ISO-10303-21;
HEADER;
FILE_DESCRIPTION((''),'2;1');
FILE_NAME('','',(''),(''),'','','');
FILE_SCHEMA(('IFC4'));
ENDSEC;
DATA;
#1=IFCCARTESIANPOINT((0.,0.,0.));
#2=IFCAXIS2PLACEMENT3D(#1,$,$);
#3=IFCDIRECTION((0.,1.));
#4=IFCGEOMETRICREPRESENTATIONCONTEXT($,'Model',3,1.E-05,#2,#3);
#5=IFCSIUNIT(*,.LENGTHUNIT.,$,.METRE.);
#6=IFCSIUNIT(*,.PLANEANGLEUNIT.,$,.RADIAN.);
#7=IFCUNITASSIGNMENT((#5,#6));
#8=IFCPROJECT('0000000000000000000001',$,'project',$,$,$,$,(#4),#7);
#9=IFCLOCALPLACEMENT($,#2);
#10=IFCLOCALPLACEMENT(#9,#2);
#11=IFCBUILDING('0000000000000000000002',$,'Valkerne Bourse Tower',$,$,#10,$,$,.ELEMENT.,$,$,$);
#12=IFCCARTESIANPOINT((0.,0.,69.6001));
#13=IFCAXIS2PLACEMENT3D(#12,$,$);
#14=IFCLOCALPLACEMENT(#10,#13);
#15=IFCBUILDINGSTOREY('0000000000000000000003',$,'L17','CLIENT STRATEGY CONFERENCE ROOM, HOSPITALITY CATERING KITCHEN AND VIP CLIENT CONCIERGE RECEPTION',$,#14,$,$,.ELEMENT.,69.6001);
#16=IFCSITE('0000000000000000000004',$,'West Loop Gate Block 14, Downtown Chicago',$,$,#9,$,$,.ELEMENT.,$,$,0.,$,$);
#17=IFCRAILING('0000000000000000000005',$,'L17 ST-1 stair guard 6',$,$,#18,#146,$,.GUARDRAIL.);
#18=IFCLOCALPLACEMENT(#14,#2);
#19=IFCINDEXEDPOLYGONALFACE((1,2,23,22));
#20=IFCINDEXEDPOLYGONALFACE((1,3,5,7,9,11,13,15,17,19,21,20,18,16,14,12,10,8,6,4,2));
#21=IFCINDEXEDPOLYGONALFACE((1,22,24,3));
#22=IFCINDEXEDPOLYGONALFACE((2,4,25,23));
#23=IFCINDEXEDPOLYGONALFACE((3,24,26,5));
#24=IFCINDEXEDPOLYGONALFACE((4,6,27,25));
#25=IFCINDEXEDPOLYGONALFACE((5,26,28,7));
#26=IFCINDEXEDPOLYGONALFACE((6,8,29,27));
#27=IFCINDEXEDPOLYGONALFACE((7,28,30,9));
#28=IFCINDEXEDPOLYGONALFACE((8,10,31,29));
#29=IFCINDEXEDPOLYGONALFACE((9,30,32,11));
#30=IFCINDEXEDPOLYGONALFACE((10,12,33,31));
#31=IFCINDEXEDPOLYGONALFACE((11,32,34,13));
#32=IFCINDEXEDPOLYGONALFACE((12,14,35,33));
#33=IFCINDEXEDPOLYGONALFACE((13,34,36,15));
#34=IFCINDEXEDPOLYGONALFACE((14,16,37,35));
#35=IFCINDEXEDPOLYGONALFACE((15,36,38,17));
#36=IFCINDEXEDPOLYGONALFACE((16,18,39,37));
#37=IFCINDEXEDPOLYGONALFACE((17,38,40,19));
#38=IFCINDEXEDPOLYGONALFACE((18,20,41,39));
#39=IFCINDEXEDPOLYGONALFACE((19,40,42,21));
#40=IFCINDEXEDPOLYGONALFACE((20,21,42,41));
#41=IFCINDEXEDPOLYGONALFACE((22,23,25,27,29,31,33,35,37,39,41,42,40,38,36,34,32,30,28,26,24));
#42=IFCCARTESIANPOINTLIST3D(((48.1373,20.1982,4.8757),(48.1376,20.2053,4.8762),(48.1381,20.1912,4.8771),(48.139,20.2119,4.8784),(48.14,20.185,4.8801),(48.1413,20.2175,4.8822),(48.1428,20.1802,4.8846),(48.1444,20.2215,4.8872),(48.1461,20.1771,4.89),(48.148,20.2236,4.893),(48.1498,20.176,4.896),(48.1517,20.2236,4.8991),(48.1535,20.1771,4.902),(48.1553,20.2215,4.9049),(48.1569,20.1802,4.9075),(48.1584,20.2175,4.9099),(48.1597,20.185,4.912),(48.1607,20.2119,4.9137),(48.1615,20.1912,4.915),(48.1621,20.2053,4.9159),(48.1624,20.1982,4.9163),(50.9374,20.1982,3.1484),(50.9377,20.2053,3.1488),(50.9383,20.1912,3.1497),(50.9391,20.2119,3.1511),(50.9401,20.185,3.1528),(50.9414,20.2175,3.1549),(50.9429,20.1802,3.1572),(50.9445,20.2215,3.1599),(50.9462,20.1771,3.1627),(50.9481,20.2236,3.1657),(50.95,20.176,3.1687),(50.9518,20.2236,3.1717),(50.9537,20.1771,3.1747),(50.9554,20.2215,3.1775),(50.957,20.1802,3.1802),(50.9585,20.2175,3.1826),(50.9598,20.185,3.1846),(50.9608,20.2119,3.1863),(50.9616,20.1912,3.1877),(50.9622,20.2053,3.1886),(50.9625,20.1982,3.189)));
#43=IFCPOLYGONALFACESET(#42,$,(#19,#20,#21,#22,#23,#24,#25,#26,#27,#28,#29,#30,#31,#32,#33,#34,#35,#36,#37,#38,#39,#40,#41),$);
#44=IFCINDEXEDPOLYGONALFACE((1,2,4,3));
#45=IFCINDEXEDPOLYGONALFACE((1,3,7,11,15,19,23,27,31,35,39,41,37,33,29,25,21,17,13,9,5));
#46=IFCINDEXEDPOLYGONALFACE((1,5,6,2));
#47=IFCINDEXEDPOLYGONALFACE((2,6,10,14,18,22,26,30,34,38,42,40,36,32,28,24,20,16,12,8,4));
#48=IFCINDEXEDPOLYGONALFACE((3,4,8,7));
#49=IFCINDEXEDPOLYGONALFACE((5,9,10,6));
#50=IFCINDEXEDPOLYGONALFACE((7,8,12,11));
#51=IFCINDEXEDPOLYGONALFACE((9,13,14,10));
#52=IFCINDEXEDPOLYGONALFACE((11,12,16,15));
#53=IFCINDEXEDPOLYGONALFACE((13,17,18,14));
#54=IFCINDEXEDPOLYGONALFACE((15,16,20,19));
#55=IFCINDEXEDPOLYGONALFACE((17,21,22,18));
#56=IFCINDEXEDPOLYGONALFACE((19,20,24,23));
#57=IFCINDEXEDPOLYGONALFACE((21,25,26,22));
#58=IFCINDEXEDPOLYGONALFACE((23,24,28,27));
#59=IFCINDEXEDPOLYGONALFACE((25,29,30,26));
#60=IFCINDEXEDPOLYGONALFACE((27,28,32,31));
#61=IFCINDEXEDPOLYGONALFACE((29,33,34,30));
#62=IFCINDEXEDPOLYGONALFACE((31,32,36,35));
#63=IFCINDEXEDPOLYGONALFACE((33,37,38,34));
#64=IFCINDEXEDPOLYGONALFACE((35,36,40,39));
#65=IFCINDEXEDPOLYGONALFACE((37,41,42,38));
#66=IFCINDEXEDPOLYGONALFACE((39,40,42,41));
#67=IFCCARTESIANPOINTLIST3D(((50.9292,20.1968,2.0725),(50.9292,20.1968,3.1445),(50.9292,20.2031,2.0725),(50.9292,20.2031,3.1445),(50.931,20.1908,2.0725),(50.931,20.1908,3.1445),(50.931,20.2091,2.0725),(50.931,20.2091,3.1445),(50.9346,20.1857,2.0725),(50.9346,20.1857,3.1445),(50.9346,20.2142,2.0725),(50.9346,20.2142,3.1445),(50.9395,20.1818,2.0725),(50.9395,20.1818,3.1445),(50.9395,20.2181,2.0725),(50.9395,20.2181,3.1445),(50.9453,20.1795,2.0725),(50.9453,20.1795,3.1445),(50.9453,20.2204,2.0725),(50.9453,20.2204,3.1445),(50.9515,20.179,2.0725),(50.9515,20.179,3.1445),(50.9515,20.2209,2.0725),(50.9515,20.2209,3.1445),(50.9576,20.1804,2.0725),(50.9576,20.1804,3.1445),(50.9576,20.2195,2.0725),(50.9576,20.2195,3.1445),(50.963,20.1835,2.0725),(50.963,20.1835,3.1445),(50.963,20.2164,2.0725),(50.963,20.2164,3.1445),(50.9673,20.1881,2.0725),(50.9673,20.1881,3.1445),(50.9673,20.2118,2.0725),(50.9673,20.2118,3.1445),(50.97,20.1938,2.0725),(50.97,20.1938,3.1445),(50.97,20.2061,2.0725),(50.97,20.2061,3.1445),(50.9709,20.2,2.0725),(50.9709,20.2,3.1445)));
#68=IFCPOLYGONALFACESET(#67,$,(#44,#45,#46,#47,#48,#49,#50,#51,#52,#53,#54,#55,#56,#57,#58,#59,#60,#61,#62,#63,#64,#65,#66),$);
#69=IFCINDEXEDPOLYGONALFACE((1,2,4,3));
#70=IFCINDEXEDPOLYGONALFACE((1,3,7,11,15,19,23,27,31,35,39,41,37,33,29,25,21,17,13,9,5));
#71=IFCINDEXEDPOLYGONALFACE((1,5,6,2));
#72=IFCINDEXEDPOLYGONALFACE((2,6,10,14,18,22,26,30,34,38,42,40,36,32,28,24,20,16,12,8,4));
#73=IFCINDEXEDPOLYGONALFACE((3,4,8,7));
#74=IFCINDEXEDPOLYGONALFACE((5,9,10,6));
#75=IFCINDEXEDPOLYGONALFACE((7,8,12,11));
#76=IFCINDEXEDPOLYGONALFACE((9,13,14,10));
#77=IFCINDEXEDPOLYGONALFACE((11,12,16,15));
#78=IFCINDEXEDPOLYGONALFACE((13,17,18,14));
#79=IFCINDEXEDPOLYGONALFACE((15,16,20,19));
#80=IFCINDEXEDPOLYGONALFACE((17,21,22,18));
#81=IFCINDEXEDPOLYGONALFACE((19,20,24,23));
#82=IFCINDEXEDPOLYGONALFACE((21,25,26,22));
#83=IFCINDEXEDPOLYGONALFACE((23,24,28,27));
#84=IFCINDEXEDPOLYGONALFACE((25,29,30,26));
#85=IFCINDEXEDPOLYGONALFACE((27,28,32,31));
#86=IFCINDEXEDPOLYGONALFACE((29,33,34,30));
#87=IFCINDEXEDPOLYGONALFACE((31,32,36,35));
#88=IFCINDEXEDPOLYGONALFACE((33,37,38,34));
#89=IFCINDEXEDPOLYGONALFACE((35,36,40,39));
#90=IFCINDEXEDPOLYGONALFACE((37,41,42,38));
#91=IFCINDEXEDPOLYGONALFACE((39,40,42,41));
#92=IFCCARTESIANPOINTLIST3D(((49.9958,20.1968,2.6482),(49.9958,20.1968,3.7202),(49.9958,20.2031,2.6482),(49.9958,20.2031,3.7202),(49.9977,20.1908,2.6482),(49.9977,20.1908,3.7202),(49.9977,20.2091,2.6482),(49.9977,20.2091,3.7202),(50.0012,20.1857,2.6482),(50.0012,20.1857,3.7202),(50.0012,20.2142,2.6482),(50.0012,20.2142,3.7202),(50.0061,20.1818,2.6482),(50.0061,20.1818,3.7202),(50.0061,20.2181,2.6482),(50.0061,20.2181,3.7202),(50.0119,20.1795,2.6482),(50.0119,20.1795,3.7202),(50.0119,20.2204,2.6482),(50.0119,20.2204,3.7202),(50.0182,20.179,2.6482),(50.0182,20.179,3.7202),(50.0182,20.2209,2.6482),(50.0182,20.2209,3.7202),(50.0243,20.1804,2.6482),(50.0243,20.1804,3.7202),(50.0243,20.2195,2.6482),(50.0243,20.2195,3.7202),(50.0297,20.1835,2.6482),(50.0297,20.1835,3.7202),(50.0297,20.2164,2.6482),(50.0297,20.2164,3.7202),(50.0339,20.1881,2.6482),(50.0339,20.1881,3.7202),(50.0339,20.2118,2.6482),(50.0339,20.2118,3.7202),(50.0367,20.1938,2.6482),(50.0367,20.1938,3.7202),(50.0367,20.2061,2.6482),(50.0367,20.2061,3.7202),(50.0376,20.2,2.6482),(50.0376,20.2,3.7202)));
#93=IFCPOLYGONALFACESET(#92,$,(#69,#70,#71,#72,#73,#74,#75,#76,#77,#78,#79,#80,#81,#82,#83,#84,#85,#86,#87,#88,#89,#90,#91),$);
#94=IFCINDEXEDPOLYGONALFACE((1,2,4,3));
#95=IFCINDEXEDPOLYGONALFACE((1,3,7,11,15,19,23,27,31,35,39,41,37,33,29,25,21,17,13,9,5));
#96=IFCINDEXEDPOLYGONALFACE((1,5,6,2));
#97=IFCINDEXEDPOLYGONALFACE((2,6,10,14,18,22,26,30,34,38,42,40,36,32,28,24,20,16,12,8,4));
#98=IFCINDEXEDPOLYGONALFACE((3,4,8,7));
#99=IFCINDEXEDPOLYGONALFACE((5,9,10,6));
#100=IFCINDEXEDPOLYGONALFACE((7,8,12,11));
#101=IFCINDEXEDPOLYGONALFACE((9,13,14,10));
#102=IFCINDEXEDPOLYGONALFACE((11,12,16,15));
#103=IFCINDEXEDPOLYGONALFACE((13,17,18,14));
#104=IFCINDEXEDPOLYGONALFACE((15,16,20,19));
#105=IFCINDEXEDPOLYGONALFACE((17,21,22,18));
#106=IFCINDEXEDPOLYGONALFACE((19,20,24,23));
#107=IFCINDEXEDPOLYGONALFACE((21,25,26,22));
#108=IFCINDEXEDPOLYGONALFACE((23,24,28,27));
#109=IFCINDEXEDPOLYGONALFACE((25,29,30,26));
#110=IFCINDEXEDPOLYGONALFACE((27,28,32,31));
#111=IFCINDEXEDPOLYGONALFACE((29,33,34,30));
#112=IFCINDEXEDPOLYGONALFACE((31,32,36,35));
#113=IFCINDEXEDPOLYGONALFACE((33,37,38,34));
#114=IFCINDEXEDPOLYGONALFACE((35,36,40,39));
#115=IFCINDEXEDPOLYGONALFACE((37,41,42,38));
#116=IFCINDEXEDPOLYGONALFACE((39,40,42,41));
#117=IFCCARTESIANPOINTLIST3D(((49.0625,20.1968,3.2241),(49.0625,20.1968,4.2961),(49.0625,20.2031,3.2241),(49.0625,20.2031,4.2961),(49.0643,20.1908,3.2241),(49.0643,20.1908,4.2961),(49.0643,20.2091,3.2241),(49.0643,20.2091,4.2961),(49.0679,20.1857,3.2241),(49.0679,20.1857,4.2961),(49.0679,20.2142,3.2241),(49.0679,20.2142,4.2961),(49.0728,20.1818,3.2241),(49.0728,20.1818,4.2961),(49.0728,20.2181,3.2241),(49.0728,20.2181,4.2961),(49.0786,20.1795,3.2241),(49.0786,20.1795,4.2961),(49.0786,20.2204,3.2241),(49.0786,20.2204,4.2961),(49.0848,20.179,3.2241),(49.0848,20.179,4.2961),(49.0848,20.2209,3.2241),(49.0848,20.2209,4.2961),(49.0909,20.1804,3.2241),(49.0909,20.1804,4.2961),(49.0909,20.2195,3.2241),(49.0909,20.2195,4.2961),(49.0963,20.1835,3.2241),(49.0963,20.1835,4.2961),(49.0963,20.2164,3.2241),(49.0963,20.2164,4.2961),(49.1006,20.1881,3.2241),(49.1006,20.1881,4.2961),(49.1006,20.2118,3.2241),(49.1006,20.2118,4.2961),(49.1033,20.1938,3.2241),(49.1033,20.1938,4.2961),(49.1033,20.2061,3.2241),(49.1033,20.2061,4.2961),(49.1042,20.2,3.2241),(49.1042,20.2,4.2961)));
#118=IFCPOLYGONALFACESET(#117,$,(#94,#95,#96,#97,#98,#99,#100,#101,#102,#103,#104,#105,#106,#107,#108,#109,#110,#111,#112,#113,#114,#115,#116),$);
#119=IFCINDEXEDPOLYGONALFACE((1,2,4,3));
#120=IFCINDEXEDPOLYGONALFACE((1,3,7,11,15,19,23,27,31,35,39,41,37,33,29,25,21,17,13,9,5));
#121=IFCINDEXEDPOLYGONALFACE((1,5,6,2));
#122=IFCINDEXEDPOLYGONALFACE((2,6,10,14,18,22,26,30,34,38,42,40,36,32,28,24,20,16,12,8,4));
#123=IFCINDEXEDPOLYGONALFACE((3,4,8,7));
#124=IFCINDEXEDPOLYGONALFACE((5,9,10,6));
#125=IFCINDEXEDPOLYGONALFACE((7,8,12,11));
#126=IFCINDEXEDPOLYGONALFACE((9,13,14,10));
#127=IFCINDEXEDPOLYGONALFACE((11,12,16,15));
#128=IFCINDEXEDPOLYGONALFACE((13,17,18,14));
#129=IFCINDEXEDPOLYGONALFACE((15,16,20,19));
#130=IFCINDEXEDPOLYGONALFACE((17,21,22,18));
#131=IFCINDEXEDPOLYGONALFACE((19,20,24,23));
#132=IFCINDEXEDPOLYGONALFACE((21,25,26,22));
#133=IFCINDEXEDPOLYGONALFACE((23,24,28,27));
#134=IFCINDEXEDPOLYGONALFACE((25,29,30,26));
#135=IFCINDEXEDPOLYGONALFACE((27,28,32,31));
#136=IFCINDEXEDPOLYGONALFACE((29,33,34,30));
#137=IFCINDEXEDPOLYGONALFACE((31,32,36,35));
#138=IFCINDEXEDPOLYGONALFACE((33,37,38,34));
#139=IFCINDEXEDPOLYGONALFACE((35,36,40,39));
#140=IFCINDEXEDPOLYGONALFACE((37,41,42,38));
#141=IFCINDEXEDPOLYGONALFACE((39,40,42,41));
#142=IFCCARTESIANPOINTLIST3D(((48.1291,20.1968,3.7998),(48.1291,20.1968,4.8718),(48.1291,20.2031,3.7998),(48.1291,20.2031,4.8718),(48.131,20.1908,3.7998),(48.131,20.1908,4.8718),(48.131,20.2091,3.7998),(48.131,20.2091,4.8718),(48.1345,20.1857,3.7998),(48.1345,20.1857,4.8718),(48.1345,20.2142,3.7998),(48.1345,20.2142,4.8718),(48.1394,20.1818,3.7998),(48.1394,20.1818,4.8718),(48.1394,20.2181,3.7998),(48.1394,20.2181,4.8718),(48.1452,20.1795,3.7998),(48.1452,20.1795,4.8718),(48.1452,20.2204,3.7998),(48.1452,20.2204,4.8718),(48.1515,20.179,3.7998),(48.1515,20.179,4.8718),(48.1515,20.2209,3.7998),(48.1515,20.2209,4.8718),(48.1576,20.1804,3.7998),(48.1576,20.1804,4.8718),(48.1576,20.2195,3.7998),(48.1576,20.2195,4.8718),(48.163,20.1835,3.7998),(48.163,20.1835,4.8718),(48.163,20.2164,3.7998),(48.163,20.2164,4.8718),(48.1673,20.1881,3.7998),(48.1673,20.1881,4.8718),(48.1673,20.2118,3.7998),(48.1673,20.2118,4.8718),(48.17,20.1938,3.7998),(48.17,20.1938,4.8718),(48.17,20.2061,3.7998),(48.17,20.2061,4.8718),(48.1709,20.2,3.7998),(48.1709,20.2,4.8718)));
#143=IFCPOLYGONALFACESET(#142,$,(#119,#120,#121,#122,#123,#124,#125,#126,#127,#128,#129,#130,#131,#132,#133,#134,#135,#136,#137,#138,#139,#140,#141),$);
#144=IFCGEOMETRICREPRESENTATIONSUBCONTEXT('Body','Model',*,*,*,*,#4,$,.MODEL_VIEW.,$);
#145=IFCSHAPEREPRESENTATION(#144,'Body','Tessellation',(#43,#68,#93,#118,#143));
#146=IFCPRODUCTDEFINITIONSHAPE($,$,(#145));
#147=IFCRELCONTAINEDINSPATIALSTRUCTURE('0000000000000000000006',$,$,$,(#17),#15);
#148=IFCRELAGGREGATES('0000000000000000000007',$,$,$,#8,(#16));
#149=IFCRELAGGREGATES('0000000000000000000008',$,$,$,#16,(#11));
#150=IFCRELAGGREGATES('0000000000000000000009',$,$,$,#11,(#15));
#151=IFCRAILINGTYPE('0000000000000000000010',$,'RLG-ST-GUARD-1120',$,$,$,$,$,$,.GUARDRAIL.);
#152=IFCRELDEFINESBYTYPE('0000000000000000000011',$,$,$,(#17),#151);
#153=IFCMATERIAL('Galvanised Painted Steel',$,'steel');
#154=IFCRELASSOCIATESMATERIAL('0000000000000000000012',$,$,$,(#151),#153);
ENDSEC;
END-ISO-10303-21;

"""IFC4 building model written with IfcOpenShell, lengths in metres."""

from ifc_helpers import new_model, si_unit, direction, frame, origin, origin_2d, place, context, subcontext, project, spatial, circle, extrude, material, type_object, element, save


model = new_model("IFC4")

# Units and contexts
model_context = context("Model", 3, precision=1e-05, world=origin(), true_north=direction((0.0, 1.0)))
body_context = subcontext(model_context, "Body", "Model", "MODEL_VIEW")
ifc_project = project(units=[si_unit("LENGTHUNIT", "METRE"), si_unit("PLANEANGLEUNIT", "RADIAN")], contexts=[model_context])

# Site, building, storey
site_placement = place(None, origin())
site = spatial("IfcSite", under=ifc_project, at=site_placement, Name="West Loop Gate Block 14, Downtown Chicago", CompositionType="ELEMENT", RefElevation=0.0)
building_placement = place(site_placement, origin())
building = spatial("IfcBuilding", under=site, at=building_placement, Name="Valkerne Bourse Tower", CompositionType="ELEMENT")
storey_placement = place(building_placement, frame((0.0, 0.0, 69.6001)))
storey = spatial("IfcBuildingStorey", under=building, at=storey_placement, Name="L17", Description="CLIENT STRATEGY CONFERENCE ROOM, HOSPITALITY CATERING KITCHEN AND VIP CLIENT CONCIERGE RECEPTION", CompositionType="ELEMENT", Elevation=69.6001)

# Shared definitions
ifc_material_1 = material(Name="Galvanised Painted Steel", Category="steel")

# Railing
railing_type_1 = type_object("IfcRailingType", Name="RLG-ST-GUARD-1120", PredefinedType="GUARDRAIL", material=ifc_material_1)
railing_1_placement = place(storey_placement, frame((50.95, 20.2, 2.0725)))
element("IfcRailing", 1, at=railing_1_placement, inside=storey, type_object=railing_type_1, Name="L17 ST-1 stair guard 6", PredefinedType="GUARDRAIL", context=body_context, shape_type="SweptSolid", body=[
    extrude(circle(Radius=0.0239, at=origin_2d()), frame((0.0, 0.0, 1.0962), z_axis=(-0.85109, 0.0, 0.52502), x_axis=(0.0, -1.0, 0.0)), (0.0, 0.0, 1.0), 3.29),
    extrude(circle(Radius=0.021, at=origin_2d()), origin(), (0.0, 0.0, 1.0), 1.072),
    extrude(circle(Radius=0.021, at=origin_2d()), frame((-0.9333, 0.0, 0.5757)), (0.0, 0.0, 1.0), 1.072),
    extrude(circle(Radius=0.021, at=origin_2d()), frame((-1.8667, 0.0, 1.1516)), (0.0, 0.0, 1.0), 1.072),
    extrude(circle(Radius=0.021, at=origin_2d()), frame((-2.8, 0.0, 1.7273)), (0.0, 0.0, 1.0), 1.072),
])

save(model, "model.ifc")
